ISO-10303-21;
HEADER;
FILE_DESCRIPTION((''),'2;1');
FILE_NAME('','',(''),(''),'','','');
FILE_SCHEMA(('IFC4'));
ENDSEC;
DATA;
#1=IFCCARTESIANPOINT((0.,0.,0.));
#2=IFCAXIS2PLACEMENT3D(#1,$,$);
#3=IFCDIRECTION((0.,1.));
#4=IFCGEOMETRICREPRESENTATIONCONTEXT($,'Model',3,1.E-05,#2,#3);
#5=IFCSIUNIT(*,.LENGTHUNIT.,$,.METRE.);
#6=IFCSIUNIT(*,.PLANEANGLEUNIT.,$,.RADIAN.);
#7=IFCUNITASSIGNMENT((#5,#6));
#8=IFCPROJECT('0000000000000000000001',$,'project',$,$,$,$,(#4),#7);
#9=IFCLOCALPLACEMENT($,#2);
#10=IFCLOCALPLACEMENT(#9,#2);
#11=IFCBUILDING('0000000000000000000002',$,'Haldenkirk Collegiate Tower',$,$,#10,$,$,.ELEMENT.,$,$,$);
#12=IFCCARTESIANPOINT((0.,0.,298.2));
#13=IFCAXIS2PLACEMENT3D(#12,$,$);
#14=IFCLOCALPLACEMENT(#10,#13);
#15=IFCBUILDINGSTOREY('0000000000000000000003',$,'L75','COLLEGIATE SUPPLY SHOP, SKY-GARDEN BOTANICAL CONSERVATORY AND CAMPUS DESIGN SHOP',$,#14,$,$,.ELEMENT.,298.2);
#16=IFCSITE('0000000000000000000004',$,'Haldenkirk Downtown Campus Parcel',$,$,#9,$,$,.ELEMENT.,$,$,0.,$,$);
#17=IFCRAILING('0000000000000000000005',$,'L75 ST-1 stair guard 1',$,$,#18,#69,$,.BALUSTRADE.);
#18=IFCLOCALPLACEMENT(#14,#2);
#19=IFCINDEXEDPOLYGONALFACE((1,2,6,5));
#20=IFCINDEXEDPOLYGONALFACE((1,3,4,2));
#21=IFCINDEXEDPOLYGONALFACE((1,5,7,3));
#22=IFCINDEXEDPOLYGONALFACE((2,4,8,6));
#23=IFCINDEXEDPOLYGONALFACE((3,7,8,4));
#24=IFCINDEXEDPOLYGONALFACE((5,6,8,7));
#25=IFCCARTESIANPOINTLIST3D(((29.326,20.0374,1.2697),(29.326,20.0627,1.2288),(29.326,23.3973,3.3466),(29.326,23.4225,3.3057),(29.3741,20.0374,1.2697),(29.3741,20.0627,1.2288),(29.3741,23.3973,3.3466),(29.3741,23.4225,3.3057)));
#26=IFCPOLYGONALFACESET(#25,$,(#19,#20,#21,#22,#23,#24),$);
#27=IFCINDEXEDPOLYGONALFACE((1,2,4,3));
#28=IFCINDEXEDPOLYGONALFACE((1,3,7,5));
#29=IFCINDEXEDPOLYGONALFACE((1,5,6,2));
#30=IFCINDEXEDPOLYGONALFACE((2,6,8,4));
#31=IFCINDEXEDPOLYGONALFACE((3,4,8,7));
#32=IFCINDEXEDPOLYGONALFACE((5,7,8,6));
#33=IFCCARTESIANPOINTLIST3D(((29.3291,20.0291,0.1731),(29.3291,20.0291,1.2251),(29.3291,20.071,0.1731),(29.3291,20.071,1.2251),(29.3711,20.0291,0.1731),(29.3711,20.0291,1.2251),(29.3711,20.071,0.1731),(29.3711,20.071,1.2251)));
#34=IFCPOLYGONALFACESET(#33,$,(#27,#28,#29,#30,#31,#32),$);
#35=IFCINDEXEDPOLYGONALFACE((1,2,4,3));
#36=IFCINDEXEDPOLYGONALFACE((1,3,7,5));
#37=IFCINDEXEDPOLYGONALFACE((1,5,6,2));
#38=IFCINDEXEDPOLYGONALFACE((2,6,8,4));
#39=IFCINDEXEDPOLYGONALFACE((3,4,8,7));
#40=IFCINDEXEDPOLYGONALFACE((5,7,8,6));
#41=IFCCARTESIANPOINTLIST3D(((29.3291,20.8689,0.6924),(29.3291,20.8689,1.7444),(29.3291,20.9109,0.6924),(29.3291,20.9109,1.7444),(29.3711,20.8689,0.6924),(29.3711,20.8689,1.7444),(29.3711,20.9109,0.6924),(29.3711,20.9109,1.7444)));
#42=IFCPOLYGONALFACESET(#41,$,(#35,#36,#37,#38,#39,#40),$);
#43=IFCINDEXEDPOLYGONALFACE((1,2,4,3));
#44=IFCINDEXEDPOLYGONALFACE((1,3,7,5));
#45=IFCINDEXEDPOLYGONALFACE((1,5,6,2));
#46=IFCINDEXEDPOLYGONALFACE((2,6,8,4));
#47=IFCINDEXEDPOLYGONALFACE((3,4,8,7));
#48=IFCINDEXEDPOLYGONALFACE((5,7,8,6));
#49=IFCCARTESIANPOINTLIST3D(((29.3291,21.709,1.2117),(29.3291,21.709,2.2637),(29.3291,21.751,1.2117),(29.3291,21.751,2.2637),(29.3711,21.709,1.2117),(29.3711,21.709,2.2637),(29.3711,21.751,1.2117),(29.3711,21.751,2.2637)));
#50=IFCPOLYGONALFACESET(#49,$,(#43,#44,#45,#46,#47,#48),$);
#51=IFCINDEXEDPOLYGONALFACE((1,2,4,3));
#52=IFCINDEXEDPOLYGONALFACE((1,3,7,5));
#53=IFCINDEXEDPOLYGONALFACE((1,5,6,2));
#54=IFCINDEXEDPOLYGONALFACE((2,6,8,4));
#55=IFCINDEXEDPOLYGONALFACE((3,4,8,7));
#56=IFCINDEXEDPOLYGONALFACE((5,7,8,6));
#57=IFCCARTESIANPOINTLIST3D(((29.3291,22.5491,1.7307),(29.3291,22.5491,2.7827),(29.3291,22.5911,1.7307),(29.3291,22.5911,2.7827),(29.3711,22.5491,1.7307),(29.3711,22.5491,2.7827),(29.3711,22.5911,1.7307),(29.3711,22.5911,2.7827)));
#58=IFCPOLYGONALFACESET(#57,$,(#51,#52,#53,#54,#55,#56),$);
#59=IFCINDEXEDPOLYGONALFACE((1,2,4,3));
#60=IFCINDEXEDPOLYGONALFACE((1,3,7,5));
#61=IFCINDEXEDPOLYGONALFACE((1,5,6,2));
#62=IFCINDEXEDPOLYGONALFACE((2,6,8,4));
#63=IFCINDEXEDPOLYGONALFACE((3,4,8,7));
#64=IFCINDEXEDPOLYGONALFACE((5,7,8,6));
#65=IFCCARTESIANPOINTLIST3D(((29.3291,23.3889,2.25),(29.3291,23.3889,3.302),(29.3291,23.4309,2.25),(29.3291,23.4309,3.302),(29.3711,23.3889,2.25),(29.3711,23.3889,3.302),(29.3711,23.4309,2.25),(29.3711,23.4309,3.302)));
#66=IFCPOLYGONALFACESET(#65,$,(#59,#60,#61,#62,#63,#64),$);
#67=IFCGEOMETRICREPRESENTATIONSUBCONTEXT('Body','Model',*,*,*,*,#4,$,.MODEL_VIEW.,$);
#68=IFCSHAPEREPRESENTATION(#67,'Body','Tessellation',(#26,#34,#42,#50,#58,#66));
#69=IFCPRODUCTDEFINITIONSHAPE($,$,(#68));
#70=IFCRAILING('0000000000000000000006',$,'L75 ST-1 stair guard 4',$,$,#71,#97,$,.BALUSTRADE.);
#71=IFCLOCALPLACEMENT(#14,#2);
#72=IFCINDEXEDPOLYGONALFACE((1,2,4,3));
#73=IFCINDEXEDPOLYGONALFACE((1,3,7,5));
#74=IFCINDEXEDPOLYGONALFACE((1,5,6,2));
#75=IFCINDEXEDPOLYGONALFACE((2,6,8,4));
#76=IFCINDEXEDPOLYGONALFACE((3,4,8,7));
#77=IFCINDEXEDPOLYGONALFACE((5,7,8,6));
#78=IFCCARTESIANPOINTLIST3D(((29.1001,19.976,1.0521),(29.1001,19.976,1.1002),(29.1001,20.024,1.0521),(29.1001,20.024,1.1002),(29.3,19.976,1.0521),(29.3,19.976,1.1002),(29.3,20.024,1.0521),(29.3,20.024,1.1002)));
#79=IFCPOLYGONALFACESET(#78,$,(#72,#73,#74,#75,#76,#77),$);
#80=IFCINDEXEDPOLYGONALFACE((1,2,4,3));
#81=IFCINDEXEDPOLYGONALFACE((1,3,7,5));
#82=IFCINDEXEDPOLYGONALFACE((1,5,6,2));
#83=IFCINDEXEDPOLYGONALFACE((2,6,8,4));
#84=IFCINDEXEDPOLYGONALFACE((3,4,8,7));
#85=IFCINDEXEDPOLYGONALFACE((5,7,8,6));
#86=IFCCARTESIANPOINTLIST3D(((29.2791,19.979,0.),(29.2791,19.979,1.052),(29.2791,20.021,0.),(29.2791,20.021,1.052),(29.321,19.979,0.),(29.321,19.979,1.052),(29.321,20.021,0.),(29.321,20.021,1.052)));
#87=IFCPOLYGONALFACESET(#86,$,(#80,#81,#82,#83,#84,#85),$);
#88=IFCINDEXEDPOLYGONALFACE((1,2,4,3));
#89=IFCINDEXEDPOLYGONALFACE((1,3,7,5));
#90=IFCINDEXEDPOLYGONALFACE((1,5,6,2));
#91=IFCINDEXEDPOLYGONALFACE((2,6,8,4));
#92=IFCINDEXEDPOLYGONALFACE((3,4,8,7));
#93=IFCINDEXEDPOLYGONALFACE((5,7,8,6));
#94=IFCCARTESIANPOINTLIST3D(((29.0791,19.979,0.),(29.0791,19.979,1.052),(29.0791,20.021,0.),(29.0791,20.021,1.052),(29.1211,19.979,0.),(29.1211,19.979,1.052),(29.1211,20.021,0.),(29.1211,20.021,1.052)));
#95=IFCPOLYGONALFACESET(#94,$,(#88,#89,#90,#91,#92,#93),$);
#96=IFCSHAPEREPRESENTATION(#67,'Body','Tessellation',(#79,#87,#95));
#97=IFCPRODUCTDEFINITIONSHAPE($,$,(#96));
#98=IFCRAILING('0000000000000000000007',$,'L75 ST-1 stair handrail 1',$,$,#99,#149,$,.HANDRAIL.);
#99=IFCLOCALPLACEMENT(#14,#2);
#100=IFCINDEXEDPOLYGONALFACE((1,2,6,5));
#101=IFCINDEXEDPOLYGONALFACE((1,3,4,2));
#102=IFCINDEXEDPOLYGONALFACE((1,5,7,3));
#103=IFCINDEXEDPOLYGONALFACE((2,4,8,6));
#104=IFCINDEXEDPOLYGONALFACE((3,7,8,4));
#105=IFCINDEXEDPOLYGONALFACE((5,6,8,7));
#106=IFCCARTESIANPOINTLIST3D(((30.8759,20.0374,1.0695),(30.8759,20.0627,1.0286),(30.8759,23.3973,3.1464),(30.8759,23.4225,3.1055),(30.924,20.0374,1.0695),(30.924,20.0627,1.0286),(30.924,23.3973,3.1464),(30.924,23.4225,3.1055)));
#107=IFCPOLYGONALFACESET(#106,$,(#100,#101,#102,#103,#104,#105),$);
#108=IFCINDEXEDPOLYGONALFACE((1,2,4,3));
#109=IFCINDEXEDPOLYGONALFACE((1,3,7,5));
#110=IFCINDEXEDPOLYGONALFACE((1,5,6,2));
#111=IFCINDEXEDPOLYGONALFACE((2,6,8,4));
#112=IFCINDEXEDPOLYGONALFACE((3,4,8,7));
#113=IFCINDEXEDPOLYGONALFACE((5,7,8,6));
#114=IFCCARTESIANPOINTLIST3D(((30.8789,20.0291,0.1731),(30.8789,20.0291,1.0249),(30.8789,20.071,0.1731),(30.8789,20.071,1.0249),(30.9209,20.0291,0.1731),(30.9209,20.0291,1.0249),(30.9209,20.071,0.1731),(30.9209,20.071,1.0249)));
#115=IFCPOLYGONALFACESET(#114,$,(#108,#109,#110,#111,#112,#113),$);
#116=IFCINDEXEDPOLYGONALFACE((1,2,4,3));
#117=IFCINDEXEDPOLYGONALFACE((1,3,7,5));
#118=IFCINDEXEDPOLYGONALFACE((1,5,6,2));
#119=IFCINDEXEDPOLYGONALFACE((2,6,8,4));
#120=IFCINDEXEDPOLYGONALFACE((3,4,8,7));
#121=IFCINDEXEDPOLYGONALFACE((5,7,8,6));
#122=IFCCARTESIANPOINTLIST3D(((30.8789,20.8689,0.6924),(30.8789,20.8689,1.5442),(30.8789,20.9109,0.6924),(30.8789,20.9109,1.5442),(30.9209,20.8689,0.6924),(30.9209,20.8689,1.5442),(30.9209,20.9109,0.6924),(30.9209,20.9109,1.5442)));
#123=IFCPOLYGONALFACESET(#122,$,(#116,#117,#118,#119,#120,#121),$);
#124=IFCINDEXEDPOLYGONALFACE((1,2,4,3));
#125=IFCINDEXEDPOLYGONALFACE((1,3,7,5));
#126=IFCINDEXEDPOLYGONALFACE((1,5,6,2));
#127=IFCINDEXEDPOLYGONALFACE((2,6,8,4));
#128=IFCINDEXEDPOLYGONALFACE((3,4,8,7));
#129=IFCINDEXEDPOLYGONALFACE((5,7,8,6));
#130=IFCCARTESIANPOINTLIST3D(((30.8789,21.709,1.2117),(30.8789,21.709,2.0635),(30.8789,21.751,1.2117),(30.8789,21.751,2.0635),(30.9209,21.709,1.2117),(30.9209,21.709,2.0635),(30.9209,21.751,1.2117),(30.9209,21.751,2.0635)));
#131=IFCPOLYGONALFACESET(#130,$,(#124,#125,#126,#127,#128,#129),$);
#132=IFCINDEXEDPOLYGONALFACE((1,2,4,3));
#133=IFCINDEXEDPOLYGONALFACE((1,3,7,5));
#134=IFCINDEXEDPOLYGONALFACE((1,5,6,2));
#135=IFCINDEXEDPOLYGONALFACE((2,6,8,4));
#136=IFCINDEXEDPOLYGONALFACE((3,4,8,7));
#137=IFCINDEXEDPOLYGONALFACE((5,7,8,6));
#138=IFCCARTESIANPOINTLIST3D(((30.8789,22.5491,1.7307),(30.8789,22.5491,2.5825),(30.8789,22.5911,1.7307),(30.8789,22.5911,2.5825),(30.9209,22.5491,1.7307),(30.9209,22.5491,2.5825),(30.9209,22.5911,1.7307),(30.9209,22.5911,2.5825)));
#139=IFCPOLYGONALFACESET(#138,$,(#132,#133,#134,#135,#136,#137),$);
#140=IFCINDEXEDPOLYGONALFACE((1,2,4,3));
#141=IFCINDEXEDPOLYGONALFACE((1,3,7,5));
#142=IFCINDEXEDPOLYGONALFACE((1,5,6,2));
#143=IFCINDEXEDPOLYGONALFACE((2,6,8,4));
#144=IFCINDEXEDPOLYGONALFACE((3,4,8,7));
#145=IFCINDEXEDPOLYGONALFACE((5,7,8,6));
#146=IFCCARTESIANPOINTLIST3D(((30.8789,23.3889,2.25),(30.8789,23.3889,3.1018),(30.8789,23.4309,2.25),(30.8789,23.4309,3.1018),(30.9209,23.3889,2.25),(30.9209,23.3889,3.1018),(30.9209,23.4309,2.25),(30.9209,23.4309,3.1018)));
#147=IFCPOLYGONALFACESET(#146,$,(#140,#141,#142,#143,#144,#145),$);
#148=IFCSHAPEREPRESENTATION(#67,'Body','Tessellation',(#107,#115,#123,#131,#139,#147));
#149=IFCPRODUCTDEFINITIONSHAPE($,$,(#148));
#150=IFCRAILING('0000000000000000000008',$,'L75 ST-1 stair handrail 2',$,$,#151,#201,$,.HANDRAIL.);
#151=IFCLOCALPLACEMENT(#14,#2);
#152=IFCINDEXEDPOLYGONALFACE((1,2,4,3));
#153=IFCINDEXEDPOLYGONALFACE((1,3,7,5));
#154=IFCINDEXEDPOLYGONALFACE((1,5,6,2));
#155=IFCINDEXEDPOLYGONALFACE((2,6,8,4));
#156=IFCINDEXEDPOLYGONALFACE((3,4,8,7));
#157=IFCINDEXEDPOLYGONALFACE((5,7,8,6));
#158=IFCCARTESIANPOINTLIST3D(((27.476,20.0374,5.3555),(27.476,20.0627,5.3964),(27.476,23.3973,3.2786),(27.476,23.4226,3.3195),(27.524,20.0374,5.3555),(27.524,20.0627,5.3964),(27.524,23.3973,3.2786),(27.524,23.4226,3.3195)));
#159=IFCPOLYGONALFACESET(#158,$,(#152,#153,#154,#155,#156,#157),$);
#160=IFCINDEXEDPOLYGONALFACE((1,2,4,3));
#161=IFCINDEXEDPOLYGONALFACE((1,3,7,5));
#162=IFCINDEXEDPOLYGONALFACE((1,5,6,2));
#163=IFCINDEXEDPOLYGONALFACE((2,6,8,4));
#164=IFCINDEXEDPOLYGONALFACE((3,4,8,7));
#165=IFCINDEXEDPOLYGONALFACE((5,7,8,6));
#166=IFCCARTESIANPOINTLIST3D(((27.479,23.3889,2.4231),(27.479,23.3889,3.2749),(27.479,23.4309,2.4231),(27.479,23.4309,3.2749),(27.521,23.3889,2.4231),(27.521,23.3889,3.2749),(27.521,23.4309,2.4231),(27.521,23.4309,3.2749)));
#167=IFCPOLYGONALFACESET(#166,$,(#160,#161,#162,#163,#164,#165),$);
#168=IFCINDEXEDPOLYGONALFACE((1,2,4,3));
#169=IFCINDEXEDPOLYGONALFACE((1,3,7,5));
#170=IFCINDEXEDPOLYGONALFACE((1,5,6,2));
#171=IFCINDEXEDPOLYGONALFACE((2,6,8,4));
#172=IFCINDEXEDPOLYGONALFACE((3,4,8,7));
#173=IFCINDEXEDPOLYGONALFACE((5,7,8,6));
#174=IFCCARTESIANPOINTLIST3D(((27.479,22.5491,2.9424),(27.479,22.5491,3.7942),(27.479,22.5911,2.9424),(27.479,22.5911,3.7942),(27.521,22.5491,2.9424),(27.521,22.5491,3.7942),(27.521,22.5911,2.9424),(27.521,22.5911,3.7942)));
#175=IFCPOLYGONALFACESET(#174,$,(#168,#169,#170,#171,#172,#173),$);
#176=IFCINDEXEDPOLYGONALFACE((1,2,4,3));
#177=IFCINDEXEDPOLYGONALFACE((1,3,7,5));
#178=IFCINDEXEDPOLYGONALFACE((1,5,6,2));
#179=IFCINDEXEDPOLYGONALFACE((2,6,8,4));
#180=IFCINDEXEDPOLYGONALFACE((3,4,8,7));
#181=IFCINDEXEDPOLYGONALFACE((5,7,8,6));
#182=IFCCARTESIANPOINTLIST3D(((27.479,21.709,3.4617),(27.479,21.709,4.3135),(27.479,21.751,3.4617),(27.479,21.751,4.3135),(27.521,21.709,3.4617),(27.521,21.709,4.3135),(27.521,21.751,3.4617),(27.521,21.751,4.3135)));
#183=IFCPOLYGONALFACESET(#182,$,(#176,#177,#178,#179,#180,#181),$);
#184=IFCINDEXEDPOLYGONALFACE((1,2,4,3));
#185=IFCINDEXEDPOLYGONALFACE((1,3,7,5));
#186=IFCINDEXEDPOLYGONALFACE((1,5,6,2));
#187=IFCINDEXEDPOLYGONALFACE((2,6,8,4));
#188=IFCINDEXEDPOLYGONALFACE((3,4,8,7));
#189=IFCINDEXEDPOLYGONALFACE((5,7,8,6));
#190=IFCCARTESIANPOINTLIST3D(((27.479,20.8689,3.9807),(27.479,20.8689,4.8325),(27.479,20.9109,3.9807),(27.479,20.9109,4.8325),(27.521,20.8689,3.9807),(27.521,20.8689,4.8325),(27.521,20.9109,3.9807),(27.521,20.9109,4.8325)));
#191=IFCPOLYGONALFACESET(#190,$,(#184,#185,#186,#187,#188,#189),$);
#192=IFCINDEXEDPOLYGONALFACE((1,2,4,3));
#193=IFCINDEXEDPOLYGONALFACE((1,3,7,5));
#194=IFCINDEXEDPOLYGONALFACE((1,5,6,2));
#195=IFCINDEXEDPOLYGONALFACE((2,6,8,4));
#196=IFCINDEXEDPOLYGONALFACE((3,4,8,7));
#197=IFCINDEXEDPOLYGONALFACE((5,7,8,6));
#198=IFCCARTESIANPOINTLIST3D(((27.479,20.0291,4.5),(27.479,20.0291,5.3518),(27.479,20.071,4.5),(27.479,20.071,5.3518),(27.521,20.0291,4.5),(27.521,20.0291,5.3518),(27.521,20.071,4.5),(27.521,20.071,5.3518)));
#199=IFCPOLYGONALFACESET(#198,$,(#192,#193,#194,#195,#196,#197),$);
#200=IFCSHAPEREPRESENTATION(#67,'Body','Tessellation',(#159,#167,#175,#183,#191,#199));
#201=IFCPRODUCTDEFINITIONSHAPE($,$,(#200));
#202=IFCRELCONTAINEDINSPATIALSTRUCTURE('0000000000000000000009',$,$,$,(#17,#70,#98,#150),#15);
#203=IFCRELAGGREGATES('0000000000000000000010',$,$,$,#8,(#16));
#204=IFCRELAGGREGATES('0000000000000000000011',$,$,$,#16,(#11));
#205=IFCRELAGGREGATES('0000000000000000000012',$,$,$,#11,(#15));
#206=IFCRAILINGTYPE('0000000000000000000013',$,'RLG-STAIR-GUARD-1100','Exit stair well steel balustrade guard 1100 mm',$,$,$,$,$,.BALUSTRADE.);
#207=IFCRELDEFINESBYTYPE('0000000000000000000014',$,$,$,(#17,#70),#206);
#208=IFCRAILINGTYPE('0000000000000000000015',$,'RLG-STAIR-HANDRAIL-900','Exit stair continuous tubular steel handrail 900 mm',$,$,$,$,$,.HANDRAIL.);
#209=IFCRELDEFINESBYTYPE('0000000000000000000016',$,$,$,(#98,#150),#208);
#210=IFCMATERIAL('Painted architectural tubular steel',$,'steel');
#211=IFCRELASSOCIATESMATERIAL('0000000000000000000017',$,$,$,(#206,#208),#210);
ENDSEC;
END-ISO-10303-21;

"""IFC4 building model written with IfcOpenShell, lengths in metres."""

from ifc_helpers import new_model, si_unit, direction, frame, origin, origin_2d, place, context, subcontext, project, spatial, rectangle, extrude, material, type_object, element, save


model = new_model("IFC4")

# Units and contexts
model_context = context("Model", 3, precision=1e-05, world=origin(), true_north=direction((0.0, 1.0)))
body_context = subcontext(model_context, "Body", "Model", "MODEL_VIEW")
ifc_project = project(units=[si_unit("LENGTHUNIT", "METRE"), si_unit("PLANEANGLEUNIT", "RADIAN")], contexts=[model_context])

# Site, building, storey
site_placement = place(None, origin())
site = spatial("IfcSite", under=ifc_project, at=site_placement, Name="Haldenkirk Downtown Campus Parcel", CompositionType="ELEMENT", RefElevation=0.0)
building_placement = place(site_placement, origin())
building = spatial("IfcBuilding", under=site, at=building_placement, Name="Haldenkirk Collegiate Tower", CompositionType="ELEMENT")
storey_placement = place(building_placement, frame((0.0, 0.0, 298.2)))
storey = spatial("IfcBuildingStorey", under=building, at=storey_placement, Name="L75", Description="COLLEGIATE SUPPLY SHOP, SKY-GARDEN BOTANICAL CONSERVATORY AND CAMPUS DESIGN SHOP", CompositionType="ELEMENT", Elevation=298.2)

# Railings
ifc_material_1 = material(Name="Painted architectural tubular steel", Category="steel")
railing_type_1 = type_object("IfcRailingType", Name="RLG-STAIR-GUARD-1100", Description="Exit stair well steel balustrade guard 1100 mm", PredefinedType="BALUSTRADE", material=ifc_material_1)
railing_1_placement = place(storey_placement, frame((29.3501, 20.05, 0.1731)))
element("IfcRailing", 1, at=railing_1_placement, inside=storey, type_object=railing_type_1, Name="L75 ST-1 stair guard 1", PredefinedType="BALUSTRADE", context=body_context, shape_type="SweptSolid", body=[
    extrude(rectangle(XDim=0.0481, YDim=0.0481, at=origin_2d()), frame((0.0, 0.0, 1.0762), z_axis=(0.0, 0.850606, 0.525803), x_axis=(-1.0, 0.0, 0.0)), (0.0, 0.0, 1.0), 3.95),
    extrude(rectangle(XDim=0.042, YDim=0.042, at=origin_2d()), origin(), (0.0, 0.0, 1.0), 1.052),
    extrude(rectangle(XDim=0.042, YDim=0.042, at=origin_2d()), frame((0.0, 0.8398, 0.5193)), (0.0, 0.0, 1.0), 1.052),
    extrude(rectangle(XDim=0.042, YDim=0.042, at=origin_2d()), frame((0.0, 1.6799, 1.0386)), (0.0, 0.0, 1.0), 1.052),
    extrude(rectangle(XDim=0.042, YDim=0.042, at=origin_2d()), frame((0.0, 2.52, 1.5576)), (0.0, 0.0, 1.0), 1.052),
    extrude(rectangle(XDim=0.042, YDim=0.042, at=origin_2d()), frame((0.0, 3.3599, 2.0769)), (0.0, 0.0, 1.0), 1.052),
])
railing_2_placement = place(storey_placement, frame((29.3, 20.0, 0.0)))
element("IfcRailing", 2, at=railing_2_placement, inside=storey, type_object=railing_type_1, Name="L75 ST-1 stair guard 4", PredefinedType="BALUSTRADE", context=body_context, shape_type="SweptSolid", body=[
    extrude(rectangle(XDim=0.0481, YDim=0.0481, at=origin_2d()), frame((0.0, 0.0, 1.0762), z_axis=(-1.0, 0.0, 0.0), x_axis=(0.0, -1.0, 0.0)), (0.0, 0.0, 1.0), 0.2),
    extrude(rectangle(XDim=0.042, YDim=0.042, at=origin_2d()), origin(), (0.0, 0.0, 1.0), 1.052),
    extrude(rectangle(XDim=0.042, YDim=0.042, at=origin_2d()), frame((-0.2, 0.0, 0.0)), (0.0, 0.0, 1.0), 1.052),
])
railing_type_2 = type_object("IfcRailingType", Name="RLG-STAIR-HANDRAIL-900", Description="Exit stair continuous tubular steel handrail 900 mm", PredefinedType="HANDRAIL", material=ifc_material_1)
railing_3_placement = place(storey_placement, frame((30.8999, 20.05, 0.1731)))
element("IfcRailing", 3, at=railing_3_placement, inside=storey, type_object=railing_type_2, Name="L75 ST-1 stair handrail 1", PredefinedType="HANDRAIL", context=body_context, shape_type="SweptSolid", body=[
    extrude(rectangle(XDim=0.0481, YDim=0.0481, at=origin_2d()), frame((0.0, 0.0, 0.876), z_axis=(0.0, 0.850606, 0.525803), x_axis=(-1.0, 0.0, 0.0)), (0.0, 0.0, 1.0), 3.95),
    extrude(rectangle(XDim=0.042, YDim=0.042, at=origin_2d()), origin(), (0.0, 0.0, 1.0), 0.8518),
    extrude(rectangle(XDim=0.042, YDim=0.042, at=origin_2d()), frame((0.0, 0.8398, 0.5193)), (0.0, 0.0, 1.0), 0.8518),
    extrude(rectangle(XDim=0.042, YDim=0.042, at=origin_2d()), frame((0.0, 1.6799, 1.0386)), (0.0, 0.0, 1.0), 0.8518),
    extrude(rectangle(XDim=0.042, YDim=0.042, at=origin_2d()), frame((0.0, 2.52, 1.5576)), (0.0, 0.0, 1.0), 0.8518),
    extrude(rectangle(XDim=0.042, YDim=0.042, at=origin_2d()), frame((0.0, 3.3599, 2.0769)), (0.0, 0.0, 1.0), 0.8518),
])
railing_4_placement = place(storey_placement, frame((27.5, 23.4099, 2.4231)))
element("IfcRailing", 4, at=railing_4_placement, inside=storey, type_object=railing_type_2, Name="L75 ST-1 stair handrail 2", PredefinedType="HANDRAIL", context=body_context, shape_type="SweptSolid", body=[
    extrude(rectangle(XDim=0.0481, YDim=0.0481, at=origin_2d()), frame((0.0, 0.0, 0.876), z_axis=(0.0, -0.850606, 0.525803), x_axis=(1.0, 0.0, 0.0)), (0.0, 0.0, 1.0), 3.95),
    extrude(rectangle(XDim=0.042, YDim=0.042, at=origin_2d()), origin(), (0.0, 0.0, 1.0), 0.8518),
    extrude(rectangle(XDim=0.042, YDim=0.042, at=origin_2d()), frame((0.0, -0.8398, 0.5193)), (0.0, 0.0, 1.0), 0.8518),
    extrude(rectangle(XDim=0.042, YDim=0.042, at=origin_2d()), frame((0.0, -1.6799, 1.0386)), (0.0, 0.0, 1.0), 0.8518),
    extrude(rectangle(XDim=0.042, YDim=0.042, at=origin_2d()), frame((0.0, -2.52, 1.5576)), (0.0, 0.0, 1.0), 0.8518),
    extrude(rectangle(XDim=0.042, YDim=0.042, at=origin_2d()), frame((0.0, -3.3599, 2.0769)), (0.0, 0.0, 1.0), 0.8518),
])

save(model, "model.ifc")
